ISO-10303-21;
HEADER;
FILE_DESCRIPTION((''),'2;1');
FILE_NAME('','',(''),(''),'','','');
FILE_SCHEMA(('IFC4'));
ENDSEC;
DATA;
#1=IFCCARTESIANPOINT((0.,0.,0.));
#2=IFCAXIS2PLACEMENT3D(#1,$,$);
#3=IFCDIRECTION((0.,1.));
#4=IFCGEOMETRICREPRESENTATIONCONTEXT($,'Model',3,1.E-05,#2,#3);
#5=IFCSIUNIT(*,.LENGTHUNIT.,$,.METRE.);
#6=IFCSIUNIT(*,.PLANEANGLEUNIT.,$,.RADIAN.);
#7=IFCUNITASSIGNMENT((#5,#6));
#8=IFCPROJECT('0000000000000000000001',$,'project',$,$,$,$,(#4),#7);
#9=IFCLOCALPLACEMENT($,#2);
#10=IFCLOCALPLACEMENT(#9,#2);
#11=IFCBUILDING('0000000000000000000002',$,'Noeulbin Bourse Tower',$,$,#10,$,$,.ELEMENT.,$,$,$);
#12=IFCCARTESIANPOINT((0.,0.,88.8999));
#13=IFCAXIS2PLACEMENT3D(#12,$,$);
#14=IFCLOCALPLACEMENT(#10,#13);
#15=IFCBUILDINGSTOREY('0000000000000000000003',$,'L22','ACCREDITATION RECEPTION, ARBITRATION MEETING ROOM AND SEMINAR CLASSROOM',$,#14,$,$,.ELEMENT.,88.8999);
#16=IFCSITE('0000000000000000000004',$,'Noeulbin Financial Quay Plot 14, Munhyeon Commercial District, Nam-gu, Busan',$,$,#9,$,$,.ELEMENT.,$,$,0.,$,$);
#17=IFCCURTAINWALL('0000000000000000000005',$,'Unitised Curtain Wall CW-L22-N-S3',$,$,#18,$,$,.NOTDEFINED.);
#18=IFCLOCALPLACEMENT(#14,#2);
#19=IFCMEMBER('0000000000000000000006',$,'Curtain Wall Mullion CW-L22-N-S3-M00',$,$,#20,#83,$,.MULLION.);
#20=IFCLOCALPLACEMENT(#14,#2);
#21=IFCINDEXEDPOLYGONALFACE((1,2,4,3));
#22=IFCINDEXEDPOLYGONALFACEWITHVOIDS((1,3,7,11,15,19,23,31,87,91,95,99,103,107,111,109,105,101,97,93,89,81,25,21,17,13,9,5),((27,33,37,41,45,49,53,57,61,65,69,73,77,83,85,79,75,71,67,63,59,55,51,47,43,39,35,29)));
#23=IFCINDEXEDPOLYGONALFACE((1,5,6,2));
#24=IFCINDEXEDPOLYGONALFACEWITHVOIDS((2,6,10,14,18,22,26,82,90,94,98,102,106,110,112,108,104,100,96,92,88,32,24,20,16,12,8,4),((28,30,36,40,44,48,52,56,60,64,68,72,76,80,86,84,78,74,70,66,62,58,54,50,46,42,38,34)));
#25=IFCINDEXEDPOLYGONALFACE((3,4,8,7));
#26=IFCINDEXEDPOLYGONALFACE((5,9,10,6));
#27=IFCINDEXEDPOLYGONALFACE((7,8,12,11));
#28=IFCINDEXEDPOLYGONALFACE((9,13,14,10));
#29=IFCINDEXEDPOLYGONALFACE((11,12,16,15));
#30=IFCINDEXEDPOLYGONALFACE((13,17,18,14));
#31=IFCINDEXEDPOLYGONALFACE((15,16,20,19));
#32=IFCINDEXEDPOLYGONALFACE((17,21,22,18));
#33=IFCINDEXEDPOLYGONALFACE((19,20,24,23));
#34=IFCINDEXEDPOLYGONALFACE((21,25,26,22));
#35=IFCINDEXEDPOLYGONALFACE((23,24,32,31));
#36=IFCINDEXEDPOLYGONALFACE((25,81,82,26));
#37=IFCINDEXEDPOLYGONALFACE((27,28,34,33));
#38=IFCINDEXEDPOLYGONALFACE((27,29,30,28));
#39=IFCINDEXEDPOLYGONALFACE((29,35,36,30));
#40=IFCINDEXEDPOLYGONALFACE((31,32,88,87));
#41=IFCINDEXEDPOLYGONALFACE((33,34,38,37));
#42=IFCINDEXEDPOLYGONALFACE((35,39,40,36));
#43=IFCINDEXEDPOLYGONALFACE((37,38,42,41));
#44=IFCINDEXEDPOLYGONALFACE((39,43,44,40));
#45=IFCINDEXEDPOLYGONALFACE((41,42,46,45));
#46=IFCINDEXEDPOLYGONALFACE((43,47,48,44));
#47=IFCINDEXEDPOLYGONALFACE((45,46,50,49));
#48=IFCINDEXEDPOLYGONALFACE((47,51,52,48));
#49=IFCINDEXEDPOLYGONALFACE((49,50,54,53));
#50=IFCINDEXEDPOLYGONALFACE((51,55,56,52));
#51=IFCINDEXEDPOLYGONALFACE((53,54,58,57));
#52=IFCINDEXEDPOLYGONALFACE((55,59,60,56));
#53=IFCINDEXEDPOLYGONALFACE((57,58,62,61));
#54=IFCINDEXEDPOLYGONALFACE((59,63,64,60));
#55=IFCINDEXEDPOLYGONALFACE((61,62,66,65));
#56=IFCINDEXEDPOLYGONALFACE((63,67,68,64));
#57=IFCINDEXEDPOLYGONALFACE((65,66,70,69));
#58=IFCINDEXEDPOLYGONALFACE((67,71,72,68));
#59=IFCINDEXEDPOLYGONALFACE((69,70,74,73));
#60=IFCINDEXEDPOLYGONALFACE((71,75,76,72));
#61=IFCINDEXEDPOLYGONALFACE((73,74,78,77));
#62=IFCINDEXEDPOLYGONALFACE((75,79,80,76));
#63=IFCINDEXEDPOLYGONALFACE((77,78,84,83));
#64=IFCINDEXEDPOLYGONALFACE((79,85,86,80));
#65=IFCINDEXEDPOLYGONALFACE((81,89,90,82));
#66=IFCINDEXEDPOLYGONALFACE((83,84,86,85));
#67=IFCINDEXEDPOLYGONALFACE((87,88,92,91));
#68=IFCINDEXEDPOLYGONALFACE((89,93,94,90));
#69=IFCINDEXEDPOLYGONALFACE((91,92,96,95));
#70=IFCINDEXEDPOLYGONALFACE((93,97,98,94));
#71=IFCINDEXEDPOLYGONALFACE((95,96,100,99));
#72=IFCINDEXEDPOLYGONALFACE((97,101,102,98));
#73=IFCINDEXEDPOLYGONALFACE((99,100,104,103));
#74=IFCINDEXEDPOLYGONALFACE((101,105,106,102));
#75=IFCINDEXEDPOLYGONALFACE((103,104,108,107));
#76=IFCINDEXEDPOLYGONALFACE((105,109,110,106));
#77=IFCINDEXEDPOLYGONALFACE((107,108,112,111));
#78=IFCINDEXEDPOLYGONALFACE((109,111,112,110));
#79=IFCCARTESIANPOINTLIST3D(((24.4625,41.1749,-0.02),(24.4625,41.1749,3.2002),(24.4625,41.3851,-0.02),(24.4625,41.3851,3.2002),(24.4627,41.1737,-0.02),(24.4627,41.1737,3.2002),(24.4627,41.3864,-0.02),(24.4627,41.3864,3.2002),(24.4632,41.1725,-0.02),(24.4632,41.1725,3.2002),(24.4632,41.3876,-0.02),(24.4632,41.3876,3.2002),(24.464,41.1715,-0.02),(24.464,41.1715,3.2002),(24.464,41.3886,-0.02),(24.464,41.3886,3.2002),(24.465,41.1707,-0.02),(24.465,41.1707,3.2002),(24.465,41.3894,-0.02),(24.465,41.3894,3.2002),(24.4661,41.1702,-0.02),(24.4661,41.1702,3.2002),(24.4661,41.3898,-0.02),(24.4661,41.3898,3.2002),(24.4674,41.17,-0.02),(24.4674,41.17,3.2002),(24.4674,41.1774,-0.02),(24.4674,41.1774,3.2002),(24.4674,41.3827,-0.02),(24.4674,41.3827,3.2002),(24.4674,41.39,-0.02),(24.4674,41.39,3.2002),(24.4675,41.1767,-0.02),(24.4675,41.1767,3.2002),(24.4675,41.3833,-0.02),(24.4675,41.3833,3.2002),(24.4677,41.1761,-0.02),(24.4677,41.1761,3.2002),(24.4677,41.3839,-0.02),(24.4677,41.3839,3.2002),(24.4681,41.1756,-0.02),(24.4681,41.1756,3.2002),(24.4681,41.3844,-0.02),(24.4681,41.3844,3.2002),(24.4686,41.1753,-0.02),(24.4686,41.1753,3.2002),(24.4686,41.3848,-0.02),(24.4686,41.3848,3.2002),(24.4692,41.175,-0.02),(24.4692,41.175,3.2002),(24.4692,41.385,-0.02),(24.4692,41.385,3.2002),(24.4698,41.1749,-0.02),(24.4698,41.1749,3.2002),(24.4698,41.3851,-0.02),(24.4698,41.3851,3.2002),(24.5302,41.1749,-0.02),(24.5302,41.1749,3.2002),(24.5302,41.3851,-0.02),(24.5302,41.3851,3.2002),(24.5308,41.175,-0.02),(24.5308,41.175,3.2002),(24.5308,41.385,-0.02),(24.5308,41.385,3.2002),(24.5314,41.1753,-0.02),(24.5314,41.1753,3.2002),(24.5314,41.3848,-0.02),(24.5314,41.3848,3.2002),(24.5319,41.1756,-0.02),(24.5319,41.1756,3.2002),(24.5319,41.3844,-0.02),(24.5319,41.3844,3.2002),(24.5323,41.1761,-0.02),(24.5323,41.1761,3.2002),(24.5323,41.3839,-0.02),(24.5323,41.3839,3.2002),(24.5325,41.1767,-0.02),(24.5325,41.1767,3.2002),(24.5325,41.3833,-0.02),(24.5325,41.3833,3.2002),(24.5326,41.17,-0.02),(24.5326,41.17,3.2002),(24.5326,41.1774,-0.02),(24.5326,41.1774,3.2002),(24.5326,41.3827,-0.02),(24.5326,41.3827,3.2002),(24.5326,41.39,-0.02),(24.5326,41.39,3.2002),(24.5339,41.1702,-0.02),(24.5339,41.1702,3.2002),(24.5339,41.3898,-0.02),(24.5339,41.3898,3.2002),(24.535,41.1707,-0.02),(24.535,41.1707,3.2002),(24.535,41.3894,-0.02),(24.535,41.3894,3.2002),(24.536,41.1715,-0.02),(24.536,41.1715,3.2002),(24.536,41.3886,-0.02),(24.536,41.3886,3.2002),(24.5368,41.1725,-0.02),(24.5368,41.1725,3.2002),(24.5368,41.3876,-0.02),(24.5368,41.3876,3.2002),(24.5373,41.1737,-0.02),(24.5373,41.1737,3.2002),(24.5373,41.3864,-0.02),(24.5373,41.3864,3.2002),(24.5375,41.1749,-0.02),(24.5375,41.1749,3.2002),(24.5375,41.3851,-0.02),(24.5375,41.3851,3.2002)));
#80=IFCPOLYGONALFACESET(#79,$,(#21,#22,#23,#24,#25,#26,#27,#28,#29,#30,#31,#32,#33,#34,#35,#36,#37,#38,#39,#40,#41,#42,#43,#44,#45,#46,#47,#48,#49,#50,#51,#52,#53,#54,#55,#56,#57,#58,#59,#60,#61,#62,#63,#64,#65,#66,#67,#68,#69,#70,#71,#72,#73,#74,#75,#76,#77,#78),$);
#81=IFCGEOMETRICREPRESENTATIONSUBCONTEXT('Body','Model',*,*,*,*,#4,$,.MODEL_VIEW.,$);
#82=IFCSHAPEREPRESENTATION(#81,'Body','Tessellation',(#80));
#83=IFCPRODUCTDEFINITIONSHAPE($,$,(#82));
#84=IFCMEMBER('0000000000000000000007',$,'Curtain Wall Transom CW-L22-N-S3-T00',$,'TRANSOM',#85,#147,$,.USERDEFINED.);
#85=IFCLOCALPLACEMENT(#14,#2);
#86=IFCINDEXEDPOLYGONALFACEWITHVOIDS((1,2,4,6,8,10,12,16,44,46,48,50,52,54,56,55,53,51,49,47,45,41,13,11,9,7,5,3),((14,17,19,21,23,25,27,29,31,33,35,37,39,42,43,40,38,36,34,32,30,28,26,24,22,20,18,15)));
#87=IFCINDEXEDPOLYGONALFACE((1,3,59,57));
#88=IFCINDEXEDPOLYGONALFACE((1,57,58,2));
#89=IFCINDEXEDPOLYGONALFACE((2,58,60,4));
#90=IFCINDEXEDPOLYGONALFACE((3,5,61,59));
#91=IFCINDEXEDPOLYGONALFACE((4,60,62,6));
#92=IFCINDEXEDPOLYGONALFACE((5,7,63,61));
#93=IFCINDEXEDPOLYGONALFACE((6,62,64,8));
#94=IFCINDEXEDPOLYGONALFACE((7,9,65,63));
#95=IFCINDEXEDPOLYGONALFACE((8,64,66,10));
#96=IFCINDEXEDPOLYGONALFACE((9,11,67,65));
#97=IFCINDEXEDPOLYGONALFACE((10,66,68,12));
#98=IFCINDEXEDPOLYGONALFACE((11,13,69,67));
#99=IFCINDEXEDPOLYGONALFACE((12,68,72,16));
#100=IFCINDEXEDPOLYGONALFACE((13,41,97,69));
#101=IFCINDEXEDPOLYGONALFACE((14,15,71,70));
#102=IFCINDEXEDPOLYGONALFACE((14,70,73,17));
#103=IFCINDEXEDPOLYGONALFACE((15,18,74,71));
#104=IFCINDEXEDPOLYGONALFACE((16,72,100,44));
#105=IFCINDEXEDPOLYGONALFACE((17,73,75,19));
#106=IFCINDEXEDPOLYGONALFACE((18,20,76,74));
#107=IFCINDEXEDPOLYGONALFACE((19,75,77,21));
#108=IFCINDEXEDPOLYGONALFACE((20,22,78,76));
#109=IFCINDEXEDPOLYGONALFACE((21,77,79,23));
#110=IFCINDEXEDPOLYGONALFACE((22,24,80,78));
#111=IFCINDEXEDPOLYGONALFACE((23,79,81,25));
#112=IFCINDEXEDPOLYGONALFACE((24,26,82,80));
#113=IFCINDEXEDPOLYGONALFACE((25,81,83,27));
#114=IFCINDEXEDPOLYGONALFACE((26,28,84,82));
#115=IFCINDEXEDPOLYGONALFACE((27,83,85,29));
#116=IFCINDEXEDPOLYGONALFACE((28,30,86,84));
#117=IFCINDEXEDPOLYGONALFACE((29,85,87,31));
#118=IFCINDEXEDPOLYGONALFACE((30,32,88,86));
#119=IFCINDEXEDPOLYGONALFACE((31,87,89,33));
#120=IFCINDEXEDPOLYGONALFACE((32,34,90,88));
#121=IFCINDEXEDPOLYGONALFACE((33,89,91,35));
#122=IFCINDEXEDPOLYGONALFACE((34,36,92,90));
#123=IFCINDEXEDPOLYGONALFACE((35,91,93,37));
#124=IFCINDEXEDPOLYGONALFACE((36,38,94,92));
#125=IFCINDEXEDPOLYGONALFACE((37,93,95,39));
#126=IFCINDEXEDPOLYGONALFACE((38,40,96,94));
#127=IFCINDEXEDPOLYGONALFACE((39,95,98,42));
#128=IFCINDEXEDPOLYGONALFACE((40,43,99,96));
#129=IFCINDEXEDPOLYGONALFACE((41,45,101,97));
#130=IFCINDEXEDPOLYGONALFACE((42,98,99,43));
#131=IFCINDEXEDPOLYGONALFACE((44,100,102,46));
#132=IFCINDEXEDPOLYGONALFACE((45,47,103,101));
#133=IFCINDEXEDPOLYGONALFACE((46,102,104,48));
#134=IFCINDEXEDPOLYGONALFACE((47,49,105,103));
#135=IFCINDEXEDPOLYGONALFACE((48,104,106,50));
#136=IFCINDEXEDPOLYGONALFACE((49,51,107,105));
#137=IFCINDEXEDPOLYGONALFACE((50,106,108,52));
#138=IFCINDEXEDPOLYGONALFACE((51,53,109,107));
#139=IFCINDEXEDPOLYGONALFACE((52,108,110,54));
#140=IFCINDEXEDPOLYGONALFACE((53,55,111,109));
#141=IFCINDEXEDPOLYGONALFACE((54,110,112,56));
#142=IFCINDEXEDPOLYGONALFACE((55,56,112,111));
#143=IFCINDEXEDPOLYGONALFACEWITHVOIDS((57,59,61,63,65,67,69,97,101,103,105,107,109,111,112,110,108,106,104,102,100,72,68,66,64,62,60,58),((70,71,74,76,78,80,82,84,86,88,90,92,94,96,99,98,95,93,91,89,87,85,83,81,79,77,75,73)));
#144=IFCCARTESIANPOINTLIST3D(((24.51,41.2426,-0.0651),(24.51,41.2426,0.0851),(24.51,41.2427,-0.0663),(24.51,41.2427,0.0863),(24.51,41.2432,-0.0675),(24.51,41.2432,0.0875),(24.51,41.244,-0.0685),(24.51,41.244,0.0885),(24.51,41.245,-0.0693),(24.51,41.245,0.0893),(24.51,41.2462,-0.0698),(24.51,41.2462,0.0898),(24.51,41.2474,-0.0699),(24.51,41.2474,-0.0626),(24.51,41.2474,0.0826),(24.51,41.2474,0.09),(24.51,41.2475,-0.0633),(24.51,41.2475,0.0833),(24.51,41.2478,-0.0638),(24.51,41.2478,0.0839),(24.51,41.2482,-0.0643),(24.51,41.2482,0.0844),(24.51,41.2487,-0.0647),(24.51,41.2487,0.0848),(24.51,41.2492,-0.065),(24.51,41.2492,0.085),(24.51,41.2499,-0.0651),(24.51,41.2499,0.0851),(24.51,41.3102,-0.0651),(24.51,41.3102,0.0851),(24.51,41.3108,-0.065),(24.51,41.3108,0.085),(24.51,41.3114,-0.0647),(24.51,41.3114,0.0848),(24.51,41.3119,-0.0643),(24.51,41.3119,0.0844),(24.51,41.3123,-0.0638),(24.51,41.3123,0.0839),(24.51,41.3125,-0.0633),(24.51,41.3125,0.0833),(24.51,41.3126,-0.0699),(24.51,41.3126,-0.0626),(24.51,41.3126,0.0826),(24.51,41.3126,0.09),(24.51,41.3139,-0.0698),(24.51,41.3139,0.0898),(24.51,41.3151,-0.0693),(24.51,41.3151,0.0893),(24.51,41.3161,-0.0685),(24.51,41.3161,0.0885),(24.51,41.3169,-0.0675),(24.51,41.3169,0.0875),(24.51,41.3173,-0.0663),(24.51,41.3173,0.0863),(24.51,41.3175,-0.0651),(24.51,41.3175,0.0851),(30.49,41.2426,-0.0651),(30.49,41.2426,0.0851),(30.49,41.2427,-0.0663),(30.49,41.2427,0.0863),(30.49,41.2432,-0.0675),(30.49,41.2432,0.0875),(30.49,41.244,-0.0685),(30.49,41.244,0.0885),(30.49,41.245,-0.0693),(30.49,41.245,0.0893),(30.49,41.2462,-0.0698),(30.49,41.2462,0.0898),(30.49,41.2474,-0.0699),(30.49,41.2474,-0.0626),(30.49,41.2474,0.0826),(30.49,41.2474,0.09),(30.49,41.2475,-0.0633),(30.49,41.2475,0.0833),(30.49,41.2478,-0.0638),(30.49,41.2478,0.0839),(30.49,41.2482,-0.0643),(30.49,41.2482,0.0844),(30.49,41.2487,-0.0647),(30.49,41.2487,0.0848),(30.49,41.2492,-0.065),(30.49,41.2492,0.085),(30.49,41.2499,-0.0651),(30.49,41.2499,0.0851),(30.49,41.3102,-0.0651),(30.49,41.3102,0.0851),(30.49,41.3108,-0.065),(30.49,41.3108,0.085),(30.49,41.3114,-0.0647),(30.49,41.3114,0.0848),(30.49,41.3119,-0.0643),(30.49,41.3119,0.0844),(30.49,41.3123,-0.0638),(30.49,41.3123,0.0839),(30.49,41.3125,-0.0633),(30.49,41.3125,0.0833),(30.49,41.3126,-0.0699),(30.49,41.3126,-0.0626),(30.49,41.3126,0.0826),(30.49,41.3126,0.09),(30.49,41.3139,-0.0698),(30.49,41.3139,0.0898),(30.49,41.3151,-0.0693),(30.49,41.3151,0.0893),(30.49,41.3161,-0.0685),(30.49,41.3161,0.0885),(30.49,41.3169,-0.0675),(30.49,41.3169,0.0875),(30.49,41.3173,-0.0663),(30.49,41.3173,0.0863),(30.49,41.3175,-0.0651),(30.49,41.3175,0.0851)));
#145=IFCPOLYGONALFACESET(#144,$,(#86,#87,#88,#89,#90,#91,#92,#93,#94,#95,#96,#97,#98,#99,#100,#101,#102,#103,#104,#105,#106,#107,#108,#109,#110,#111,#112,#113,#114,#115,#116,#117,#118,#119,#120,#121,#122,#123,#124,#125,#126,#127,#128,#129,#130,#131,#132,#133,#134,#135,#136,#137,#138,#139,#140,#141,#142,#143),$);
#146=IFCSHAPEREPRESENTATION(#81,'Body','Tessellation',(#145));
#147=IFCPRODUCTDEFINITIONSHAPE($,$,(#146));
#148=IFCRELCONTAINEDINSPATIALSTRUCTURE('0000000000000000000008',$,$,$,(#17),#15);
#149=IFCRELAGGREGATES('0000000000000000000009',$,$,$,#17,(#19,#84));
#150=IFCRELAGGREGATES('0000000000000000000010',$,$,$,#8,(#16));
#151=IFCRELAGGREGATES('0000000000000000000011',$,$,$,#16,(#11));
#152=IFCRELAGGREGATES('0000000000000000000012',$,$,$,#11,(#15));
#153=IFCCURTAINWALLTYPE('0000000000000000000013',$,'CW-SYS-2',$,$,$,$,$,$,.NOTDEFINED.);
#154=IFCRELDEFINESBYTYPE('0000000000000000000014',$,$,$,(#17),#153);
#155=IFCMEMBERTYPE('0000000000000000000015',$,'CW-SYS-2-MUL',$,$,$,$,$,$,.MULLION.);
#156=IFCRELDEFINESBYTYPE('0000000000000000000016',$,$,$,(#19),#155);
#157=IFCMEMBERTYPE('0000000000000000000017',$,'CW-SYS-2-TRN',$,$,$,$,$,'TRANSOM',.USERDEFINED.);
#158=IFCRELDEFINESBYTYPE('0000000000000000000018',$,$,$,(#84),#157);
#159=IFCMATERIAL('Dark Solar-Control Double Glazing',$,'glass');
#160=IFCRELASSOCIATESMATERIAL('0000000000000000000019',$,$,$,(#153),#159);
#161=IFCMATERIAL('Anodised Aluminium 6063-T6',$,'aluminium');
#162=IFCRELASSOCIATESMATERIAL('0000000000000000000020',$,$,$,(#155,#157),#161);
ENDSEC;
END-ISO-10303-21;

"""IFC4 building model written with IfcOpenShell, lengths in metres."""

from ifc_helpers import new_model, si_unit, direction, frame, origin, origin_2d, place, context, subcontext, project, spatial, hollow_rectangle, extrude, material, material_profile, profile_set, type_object, element, aggregate, save


model = new_model("IFC4")

# Units and contexts
model_context = context("Model", 3, precision=1e-05, world=origin(), true_north=direction((0.0, 1.0)))
body_context = subcontext(model_context, "Body", "Model", "MODEL_VIEW")
ifc_project = project(units=[si_unit("LENGTHUNIT", "METRE"), si_unit("PLANEANGLEUNIT", "RADIAN")], contexts=[model_context])

# Site, building, storey
site_placement = place(None, origin())
site = spatial("IfcSite", under=ifc_project, at=site_placement, Name="Noeulbin Financial Quay Plot 14, Munhyeon Commercial District, Nam-gu, Busan", CompositionType="ELEMENT", RefElevation=0.0)
building_placement = place(site_placement, origin())
building = spatial("IfcBuilding", under=site, at=building_placement, Name="Noeulbin Bourse Tower", CompositionType="ELEMENT")
storey_placement = place(building_placement, frame((0.0, 0.0, 88.8999)))
storey = spatial("IfcBuildingStorey", under=building, at=storey_placement, Name="L22", Description="ACCREDITATION RECEPTION, ARBITRATION MEETING ROOM AND SEMINAR CLASSROOM", CompositionType="ELEMENT", Elevation=88.8999)

# Shared definitions
ifc_material_1 = material(Name="Dark Solar-Control Double Glazing", Category="glass")
curtain_wall_type = type_object("IfcCurtainWallType", Name="CW-SYS-2", PredefinedType="NOTDEFINED", material=ifc_material_1)
ifc_material_2 = material(Name="Anodised Aluminium 6063-T6", Category="aluminium")
ifc_material_profile_1 = material_profile(ifc_material_2, hollow_rectangle(XDim=0.075, YDim=0.22, WallThickness=0.0049, InnerFilletRadius=0.0024, OuterFilletRadius=0.0049, at=origin_2d()), Name="ALU-MULL-75x220x5", Category="LoadBearing")
ifc_profile_set_1 = profile_set([ifc_material_profile_1], Name="Anodised Aluminium 6063-T6")
member_type_1 = type_object("IfcMemberType", Name="CW-SYS-2-MUL", PredefinedType="MULLION", material=ifc_profile_set_1)

# Curtain wall, members
curtain_wall_1_placement = place(storey_placement, origin())
curtain_wall_1 = element("IfcCurtainWall", 1, at=curtain_wall_1_placement, inside=storey, type_object=curtain_wall_type, Name="Unitised Curtain Wall CW-L22-N-S3", PredefinedType="NOTDEFINED")
member_1_placement = place(storey_placement, frame((24.5, 41.28, -0.02), z_axis=(0.0, 0.0, 1.0), x_axis=(1.0, 0.0, 0.0)))
member_1 = element("IfcMember", 2, at=member_1_placement, type_object=member_type_1, Name="Curtain Wall Mullion CW-L22-N-S3-M00", PredefinedType="MULLION", context=body_context, shape_type="SweptSolid", body=[
    extrude(hollow_rectangle(XDim=0.075, YDim=0.22, WallThickness=0.0049, InnerFilletRadius=0.0024, OuterFilletRadius=0.0049, at=origin_2d()), origin(), (0.0, 0.0, 1.0), 3.2202),
])
ifc_material_profile_2 = material_profile(ifc_material_2, hollow_rectangle(XDim=0.075, YDim=0.1599, WallThickness=0.0049, InnerFilletRadius=0.0024, OuterFilletRadius=0.0049, at=origin_2d()), Name="ALU-TRAN-75x160x5", Category="LoadBearing")
ifc_profile_set_2 = profile_set([ifc_material_profile_2], Name="Anodised Aluminium 6063-T6")
member_type_2 = type_object("IfcMemberType", Name="CW-SYS-2-TRN", ElementType="TRANSOM", PredefinedType="USERDEFINED", material=ifc_profile_set_2)
member_2_placement = place(storey_placement, frame((24.51, 41.28, 0.01), z_axis=(1.0, 0.0, 0.0), x_axis=(0.0, 1.0, 0.0)))
member_2 = element("IfcMember", 3, at=member_2_placement, type_object=member_type_2, Name="Curtain Wall Transom CW-L22-N-S3-T00", ObjectType="TRANSOM", PredefinedType="USERDEFINED", context=body_context, shape_type="SweptSolid", body=[
    extrude(hollow_rectangle(XDim=0.075, YDim=0.1599, WallThickness=0.0049, InnerFilletRadius=0.0024, OuterFilletRadius=0.0049, at=origin_2d()), origin(), (0.0, 0.0, 1.0), 5.98),
])

aggregate(curtain_wall_1, [member_1, member_2])

save(model, "model.ifc")
